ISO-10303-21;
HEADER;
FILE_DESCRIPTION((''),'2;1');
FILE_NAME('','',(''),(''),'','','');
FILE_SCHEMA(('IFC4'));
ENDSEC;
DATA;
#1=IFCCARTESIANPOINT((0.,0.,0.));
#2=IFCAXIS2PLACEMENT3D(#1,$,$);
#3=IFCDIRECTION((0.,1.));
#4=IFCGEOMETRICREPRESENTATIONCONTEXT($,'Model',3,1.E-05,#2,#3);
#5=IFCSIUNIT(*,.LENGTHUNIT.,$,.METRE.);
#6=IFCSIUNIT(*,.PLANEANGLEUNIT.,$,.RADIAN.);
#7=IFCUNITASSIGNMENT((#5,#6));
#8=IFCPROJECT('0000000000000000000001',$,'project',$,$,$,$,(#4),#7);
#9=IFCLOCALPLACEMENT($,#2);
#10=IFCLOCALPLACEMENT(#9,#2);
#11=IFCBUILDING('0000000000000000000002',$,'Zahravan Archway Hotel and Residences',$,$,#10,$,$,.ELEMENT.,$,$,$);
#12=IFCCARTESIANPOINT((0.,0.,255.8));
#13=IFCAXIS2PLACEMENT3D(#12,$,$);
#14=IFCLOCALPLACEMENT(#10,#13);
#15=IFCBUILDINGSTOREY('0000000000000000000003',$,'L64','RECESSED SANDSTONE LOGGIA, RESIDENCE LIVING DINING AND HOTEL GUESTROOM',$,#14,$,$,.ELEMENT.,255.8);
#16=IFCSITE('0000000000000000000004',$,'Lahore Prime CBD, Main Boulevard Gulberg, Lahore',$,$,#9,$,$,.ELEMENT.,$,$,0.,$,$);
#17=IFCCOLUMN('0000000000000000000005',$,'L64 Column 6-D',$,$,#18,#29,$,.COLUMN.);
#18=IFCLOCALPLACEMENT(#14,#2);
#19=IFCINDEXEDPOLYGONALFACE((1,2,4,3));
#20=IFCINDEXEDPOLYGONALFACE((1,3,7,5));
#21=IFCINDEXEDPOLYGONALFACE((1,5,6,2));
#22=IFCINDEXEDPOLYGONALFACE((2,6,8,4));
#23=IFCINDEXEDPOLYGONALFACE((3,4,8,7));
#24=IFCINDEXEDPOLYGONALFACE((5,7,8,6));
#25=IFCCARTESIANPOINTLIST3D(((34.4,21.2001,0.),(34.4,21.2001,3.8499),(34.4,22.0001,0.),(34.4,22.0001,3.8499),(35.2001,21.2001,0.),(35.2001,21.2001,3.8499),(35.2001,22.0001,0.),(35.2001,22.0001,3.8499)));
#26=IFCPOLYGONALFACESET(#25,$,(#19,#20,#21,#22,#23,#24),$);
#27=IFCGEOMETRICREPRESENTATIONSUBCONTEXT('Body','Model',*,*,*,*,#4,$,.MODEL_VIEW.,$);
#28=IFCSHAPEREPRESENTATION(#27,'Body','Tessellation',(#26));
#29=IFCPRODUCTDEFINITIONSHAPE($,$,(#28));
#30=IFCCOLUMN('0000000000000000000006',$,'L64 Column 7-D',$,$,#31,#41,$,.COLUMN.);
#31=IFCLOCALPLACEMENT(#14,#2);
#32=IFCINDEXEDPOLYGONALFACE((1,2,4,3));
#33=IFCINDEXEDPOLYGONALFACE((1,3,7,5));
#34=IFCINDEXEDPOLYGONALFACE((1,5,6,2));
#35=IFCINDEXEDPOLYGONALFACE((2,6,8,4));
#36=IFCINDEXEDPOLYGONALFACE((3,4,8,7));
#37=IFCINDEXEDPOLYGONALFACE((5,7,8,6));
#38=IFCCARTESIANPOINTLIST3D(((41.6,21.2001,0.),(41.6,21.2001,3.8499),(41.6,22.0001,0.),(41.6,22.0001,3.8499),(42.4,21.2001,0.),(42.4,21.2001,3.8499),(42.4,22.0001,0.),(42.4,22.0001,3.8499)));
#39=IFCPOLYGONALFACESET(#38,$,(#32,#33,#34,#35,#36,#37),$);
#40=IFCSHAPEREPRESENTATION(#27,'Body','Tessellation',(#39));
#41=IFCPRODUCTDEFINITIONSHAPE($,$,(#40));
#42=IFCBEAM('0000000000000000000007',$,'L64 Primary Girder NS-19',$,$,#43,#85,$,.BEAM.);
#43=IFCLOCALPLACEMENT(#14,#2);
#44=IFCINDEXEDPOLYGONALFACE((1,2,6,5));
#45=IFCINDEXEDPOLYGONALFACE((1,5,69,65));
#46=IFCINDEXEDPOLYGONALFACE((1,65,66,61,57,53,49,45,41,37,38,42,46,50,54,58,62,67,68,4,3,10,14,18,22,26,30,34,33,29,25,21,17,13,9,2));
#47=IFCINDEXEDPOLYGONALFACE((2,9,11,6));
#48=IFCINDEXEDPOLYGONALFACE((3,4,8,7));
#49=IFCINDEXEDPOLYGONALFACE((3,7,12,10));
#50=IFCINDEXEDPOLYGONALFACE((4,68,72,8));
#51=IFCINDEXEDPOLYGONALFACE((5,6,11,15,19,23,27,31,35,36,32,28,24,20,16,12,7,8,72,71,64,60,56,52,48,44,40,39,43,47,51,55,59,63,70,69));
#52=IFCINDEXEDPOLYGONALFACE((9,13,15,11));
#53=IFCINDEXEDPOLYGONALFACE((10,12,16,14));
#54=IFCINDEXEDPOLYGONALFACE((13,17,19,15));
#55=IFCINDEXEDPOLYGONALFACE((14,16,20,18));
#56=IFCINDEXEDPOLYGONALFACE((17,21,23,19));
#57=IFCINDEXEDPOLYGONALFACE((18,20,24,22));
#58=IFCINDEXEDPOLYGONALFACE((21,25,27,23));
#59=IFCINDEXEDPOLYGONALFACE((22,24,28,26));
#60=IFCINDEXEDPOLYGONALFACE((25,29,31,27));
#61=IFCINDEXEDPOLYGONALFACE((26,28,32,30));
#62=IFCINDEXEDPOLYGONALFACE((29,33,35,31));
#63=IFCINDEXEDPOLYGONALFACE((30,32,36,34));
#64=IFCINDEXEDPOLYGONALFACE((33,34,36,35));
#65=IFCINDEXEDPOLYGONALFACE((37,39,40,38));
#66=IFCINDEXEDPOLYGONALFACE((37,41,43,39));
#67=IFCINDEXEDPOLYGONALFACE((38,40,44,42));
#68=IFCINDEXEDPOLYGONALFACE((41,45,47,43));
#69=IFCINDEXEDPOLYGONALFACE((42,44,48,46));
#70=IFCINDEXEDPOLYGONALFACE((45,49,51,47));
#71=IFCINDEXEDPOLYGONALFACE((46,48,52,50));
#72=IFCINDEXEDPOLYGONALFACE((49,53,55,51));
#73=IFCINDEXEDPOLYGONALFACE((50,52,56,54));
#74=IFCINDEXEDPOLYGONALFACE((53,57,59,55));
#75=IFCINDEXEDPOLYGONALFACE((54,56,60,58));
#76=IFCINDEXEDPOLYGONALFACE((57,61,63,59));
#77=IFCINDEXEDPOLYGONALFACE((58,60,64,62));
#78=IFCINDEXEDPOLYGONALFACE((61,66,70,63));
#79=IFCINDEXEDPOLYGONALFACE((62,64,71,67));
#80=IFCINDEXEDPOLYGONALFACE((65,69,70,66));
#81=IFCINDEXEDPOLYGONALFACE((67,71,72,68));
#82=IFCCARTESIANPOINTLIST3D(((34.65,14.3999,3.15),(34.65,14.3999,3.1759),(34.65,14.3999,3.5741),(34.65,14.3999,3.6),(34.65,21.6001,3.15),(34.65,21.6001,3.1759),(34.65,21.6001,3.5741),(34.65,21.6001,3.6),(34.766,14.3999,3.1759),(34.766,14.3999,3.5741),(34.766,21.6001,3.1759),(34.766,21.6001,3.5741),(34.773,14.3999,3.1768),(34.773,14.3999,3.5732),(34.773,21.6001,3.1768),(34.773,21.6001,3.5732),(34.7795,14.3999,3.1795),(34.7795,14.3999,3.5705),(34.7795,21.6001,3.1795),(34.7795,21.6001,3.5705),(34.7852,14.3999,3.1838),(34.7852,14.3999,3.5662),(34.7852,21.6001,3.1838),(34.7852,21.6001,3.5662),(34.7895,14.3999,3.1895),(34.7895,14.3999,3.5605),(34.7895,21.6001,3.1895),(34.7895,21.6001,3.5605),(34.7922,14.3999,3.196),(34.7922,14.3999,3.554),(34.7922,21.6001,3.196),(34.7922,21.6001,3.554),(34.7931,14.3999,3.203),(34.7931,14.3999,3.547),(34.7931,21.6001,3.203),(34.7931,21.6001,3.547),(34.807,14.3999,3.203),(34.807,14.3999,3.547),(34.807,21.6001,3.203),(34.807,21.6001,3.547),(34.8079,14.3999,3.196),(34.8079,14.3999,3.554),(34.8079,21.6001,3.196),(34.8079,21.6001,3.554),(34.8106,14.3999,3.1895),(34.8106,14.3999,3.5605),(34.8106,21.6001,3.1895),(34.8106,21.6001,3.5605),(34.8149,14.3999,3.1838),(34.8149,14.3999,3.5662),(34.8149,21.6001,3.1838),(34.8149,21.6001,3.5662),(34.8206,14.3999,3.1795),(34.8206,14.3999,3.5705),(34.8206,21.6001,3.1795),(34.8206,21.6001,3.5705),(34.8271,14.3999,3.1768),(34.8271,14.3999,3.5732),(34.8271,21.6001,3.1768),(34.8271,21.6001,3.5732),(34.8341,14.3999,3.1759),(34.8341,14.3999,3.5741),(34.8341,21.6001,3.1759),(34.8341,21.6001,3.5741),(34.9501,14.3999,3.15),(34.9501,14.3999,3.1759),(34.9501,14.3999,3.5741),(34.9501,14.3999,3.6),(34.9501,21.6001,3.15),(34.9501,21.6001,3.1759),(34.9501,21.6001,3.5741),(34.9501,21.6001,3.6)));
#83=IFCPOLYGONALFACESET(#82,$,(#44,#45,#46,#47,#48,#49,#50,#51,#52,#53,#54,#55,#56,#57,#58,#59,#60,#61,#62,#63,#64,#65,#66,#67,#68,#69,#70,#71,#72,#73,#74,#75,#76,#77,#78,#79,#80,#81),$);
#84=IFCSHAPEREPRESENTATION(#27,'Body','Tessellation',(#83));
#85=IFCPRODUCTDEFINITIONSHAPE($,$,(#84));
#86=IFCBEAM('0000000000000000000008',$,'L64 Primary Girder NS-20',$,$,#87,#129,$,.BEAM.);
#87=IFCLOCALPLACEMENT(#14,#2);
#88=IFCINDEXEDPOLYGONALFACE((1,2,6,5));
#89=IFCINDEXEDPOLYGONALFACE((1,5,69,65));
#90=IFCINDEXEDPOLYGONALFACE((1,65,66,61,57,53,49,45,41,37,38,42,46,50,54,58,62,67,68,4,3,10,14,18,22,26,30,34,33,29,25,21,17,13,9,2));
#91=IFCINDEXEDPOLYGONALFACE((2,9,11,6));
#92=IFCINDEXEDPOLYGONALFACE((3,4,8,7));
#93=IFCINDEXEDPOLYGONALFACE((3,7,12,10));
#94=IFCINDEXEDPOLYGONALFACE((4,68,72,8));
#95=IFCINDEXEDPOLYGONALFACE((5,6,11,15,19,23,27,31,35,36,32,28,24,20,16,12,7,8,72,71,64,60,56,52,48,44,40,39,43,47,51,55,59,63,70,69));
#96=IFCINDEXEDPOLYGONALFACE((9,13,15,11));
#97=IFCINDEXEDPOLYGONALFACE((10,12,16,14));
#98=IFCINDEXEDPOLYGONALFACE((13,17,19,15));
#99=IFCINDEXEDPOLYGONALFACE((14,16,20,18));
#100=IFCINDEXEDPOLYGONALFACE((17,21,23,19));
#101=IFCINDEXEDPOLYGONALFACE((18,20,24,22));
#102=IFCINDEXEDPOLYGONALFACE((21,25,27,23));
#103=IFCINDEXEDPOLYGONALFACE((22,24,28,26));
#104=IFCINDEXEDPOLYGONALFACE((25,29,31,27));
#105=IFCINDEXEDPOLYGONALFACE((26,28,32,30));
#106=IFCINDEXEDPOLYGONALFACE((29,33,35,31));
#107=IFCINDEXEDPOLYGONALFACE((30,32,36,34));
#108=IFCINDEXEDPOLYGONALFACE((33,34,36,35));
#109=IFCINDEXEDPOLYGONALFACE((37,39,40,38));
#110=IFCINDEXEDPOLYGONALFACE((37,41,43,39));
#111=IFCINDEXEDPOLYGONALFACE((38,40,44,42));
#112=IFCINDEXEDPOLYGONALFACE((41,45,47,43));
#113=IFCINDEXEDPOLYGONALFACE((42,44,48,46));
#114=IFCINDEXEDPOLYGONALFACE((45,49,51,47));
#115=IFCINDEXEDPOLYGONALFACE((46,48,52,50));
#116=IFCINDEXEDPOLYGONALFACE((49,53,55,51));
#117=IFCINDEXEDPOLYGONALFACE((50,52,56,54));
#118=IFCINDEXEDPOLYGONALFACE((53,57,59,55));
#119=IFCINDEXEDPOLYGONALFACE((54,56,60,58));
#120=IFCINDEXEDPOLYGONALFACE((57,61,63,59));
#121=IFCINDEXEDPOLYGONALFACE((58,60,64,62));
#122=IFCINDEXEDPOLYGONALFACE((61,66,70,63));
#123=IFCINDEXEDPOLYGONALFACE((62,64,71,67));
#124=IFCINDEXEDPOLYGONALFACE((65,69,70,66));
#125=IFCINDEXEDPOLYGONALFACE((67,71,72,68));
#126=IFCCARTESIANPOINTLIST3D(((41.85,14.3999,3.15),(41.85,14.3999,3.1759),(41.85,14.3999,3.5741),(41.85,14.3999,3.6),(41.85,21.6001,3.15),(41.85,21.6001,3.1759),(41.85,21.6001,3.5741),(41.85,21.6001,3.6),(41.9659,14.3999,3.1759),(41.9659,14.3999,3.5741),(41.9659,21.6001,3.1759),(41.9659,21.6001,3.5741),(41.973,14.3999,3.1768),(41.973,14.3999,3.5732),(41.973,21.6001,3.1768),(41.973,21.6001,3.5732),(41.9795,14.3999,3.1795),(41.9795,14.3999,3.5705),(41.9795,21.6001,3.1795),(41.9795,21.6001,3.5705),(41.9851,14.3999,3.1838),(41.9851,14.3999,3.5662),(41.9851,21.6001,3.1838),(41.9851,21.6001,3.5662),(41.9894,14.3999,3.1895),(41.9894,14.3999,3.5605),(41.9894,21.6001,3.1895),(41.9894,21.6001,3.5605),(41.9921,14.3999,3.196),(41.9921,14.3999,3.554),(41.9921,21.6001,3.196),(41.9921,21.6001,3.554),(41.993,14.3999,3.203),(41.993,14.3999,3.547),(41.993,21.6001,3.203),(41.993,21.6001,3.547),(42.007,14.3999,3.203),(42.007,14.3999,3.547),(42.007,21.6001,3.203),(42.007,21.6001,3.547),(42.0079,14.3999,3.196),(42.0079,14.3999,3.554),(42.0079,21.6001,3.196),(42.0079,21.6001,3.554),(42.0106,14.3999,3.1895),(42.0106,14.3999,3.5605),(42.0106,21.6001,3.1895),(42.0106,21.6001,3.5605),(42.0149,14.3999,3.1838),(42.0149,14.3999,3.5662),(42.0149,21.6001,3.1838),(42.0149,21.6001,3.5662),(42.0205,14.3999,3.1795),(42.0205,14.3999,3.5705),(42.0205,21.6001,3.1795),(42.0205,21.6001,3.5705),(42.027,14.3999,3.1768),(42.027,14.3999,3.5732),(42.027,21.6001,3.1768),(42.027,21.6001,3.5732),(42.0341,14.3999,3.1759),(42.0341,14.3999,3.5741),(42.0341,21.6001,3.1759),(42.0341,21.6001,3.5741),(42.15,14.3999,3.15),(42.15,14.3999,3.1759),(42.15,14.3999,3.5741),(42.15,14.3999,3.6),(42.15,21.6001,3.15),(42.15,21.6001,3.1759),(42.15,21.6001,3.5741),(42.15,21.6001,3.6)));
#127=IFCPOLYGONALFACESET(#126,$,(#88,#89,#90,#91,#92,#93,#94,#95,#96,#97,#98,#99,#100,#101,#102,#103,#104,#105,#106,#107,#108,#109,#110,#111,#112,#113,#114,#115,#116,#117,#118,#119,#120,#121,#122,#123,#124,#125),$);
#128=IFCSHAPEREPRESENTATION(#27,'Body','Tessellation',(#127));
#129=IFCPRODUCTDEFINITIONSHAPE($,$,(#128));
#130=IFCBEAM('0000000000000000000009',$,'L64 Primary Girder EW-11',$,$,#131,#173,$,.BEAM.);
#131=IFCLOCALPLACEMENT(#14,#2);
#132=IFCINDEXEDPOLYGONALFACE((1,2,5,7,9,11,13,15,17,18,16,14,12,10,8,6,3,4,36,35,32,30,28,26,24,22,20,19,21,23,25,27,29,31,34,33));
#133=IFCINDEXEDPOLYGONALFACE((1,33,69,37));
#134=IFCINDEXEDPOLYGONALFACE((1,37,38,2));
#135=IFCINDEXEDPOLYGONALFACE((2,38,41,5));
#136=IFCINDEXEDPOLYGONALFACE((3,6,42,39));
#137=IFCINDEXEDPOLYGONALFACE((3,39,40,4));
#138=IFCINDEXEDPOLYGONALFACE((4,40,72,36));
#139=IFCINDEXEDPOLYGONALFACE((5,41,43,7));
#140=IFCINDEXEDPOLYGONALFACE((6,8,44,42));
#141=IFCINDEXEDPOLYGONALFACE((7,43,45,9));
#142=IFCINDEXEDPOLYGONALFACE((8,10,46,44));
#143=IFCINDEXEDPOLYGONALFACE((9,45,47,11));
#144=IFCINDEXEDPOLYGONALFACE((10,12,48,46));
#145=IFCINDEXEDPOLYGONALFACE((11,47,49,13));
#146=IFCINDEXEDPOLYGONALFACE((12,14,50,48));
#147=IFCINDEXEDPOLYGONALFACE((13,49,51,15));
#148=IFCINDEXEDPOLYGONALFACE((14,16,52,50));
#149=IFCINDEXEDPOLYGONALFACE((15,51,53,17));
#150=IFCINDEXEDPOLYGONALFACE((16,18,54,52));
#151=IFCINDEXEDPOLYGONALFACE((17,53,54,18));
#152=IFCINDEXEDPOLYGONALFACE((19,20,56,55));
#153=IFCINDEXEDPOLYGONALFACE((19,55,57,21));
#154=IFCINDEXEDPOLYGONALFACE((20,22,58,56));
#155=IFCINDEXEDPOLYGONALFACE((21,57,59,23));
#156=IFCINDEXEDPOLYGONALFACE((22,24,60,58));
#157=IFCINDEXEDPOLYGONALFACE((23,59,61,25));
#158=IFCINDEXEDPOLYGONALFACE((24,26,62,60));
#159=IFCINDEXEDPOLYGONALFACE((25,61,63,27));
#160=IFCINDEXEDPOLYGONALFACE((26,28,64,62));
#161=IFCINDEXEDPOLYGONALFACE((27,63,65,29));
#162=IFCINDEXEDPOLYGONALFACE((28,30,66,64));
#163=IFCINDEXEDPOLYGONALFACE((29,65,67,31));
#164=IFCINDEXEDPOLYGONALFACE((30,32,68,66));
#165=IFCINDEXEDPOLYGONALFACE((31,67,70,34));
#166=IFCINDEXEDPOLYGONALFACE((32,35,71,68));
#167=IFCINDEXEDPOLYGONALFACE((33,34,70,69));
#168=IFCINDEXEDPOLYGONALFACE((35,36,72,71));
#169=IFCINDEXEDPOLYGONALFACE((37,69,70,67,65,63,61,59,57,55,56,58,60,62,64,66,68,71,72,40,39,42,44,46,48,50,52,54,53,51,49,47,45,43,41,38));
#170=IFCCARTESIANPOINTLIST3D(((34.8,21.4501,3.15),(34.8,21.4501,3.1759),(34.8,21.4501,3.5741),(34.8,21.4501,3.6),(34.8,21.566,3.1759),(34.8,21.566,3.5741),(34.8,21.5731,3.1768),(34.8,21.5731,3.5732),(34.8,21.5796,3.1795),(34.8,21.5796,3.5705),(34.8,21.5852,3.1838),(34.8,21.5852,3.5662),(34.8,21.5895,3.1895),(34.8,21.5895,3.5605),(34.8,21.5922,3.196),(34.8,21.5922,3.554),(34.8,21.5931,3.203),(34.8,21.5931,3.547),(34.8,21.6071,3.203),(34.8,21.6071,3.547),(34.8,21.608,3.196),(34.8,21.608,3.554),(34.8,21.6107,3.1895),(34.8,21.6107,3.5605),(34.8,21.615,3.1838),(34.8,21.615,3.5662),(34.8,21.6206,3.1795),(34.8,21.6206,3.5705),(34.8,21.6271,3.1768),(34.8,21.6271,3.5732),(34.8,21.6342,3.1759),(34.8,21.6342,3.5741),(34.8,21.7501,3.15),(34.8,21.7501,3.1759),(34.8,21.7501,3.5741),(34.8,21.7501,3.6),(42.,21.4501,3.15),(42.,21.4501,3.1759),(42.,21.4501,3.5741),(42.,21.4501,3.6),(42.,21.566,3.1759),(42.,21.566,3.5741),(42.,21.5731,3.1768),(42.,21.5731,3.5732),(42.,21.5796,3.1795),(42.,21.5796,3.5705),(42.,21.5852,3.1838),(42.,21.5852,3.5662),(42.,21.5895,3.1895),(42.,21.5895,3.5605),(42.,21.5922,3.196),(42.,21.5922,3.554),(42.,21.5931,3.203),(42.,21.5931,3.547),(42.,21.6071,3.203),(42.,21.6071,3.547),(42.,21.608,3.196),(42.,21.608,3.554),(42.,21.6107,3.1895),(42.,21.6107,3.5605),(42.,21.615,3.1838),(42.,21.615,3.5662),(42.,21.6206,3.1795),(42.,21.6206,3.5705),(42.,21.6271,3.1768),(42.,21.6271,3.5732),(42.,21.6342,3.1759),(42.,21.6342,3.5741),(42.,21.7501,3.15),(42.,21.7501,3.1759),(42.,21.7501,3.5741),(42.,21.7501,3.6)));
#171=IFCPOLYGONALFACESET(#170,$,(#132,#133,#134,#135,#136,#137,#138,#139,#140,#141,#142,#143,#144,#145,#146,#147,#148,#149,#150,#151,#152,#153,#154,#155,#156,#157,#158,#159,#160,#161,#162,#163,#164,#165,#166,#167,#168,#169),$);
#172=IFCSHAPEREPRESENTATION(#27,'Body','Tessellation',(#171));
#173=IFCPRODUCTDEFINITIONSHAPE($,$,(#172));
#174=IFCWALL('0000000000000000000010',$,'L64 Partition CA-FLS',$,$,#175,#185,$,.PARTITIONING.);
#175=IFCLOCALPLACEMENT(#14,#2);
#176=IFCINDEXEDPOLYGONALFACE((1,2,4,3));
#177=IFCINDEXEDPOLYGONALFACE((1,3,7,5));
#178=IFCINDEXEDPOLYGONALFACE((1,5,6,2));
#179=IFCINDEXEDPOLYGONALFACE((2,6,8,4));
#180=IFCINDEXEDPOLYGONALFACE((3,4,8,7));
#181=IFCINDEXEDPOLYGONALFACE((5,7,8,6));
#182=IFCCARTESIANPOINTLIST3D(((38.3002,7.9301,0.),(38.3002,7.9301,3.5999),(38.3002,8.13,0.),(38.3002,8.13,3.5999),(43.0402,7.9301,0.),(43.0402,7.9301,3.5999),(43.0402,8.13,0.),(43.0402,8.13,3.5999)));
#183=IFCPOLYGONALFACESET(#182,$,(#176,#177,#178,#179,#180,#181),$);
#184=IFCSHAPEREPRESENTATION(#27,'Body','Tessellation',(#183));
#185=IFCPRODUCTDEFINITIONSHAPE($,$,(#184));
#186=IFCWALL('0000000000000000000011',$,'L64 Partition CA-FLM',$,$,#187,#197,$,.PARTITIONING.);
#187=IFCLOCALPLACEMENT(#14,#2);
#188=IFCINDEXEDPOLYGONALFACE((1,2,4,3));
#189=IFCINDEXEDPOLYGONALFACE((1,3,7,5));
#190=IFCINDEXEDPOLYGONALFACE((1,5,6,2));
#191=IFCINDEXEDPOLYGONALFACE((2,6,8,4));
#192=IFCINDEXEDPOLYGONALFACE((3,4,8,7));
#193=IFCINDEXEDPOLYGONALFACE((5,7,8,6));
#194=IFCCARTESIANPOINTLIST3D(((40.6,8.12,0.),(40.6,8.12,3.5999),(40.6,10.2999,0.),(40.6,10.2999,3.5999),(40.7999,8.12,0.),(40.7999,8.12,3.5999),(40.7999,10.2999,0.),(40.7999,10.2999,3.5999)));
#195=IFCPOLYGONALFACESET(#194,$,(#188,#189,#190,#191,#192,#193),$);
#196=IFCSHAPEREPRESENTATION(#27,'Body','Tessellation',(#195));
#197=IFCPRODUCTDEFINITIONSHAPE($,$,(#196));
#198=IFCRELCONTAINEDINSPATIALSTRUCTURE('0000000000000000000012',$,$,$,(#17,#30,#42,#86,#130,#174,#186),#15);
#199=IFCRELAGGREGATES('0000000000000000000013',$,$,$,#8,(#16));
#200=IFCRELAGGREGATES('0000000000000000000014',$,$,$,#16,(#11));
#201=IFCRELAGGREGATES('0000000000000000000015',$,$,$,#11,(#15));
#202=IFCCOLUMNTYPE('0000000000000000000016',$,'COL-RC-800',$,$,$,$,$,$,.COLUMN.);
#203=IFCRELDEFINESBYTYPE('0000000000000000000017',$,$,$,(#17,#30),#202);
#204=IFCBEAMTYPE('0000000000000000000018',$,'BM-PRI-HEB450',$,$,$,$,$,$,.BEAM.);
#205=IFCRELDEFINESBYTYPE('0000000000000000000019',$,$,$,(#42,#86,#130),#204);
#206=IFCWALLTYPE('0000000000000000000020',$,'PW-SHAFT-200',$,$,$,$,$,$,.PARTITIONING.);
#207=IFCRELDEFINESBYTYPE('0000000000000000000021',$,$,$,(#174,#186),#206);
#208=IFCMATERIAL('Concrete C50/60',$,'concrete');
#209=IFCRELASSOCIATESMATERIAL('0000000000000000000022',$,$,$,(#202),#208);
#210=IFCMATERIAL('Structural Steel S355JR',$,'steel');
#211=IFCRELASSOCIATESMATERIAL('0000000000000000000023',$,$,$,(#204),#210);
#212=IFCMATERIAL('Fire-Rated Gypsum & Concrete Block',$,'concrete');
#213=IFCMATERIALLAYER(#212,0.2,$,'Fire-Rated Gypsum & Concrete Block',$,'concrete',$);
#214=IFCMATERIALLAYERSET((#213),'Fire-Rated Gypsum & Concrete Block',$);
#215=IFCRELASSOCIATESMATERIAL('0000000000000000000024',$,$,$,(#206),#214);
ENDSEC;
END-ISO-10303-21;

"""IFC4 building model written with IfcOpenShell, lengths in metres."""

from ifc_helpers import new_model, si_unit, direction, frame, frame_2d, origin, origin_2d, place, context, subcontext, project, spatial, rectangle, i_section, extrude, source, transform, mapped, material, layer, layer_set, material_profile, profile_set, type_object, type_shapes, element, save


model = new_model("IFC4")

# Units and contexts
model_context = context("Model", 3, precision=1e-05, world=origin(), true_north=direction((0.0, 1.0)))
body_context = subcontext(model_context, "Body", "Model", "MODEL_VIEW")
ifc_project = project(units=[si_unit("LENGTHUNIT", "METRE"), si_unit("PLANEANGLEUNIT", "RADIAN")], contexts=[model_context])

# Site, building, storey
site_placement = place(None, origin())
site = spatial("IfcSite", under=ifc_project, at=site_placement, Name="Lahore Prime CBD, Main Boulevard Gulberg, Lahore", CompositionType="ELEMENT", RefElevation=0.0)
building_placement = place(site_placement, origin())
building = spatial("IfcBuilding", under=site, at=building_placement, Name="Zahravan Archway Hotel and Residences", CompositionType="ELEMENT")
storey_placement = place(building_placement, frame((0.0, 0.0, 255.8)))
storey = spatial("IfcBuildingStorey", under=building, at=storey_placement, Name="L64", Description="RECESSED SANDSTONE LOGGIA, RESIDENCE LIVING DINING AND HOTEL GUESTROOM", CompositionType="ELEMENT", Elevation=255.8)

# Columns
ifc_material_1 = material(Name="Concrete C50/60", Category="concrete")
ifc_material_profile_1 = material_profile(ifc_material_1, rectangle(XDim=0.8, YDim=0.8, at=origin_2d()), Name="RC-COL-800x800", Category="concrete")
ifc_profile_set_1 = profile_set([ifc_material_profile_1], Name="Concrete C50/60")
column_type = type_object("IfcColumnType", Name="COL-RC-800", PredefinedType="COLUMN", material=ifc_profile_set_1)
shared_shape_1 = source(origin(), body_context, "Body", "SweptSolid", [
    extrude(rectangle(XDim=0.8, YDim=0.8, at=origin_2d()), origin(), (0.0, 0.0, 1.0), 3.8499),
])
for number, where, z_axis, x_axis, name in (
    (1, (34.8, 21.6001, 0.0), (0.0, 0.0, 1.0), (1.0, 0.0, 0.0), "L64 Column 6-D"),
    (2, (42.0, 21.6001, 0.0), (0.0, 0.0, 1.0), (1.0, 0.0, 0.0), "L64 Column 7-D"),
):
    element("IfcColumn", number, at=place(storey_placement, frame(where, z_axis=z_axis, x_axis=x_axis)), inside=storey, type_object=column_type, Name=name, PredefinedType="COLUMN", context=body_context, shape_type="MappedRepresentation", body=[
        mapped(shared_shape_1, transform((0.0, 0.0, 0.0), scale=1.0)),
    ])

# Beams
ifc_material_2 = material(Name="Structural Steel S355JR", Category="steel")
ifc_material_profile_2 = material_profile(ifc_material_2, i_section(OverallWidth=0.3, OverallDepth=0.45, WebThickness=0.0139, FlangeThickness=0.0259, FilletRadius=0.0271, at=origin_2d()), Name="HEB 450", Category="steel")
ifc_profile_set_2 = profile_set([ifc_material_profile_2], Name="Structural Steel S355JR")
beam_type = type_object("IfcBeamType", Name="BM-PRI-HEB450", PredefinedType="BEAM", material=ifc_profile_set_2)
shared_shape_2 = source(origin(), body_context, "Body", "SweptSolid", [
    extrude(i_section(OverallWidth=0.3, OverallDepth=0.45, WebThickness=0.0139, FlangeThickness=0.0259, FilletRadius=0.0271, at=origin_2d()), origin(), (0.0, 0.0, 1.0), 7.2002),
])
type_shapes(beam_type, [shared_shape_2])
for number, where, z_axis, x_axis, name in (
    (3, (34.8, 14.3999, 3.375), (0.0, 1.0, 0.0), (-1.0, 0.0, 0.0), "L64 Primary Girder NS-19"),
    (4, (42.0, 14.3999, 3.375), (0.0, 1.0, 0.0), (-1.0, 0.0, 0.0), "L64 Primary Girder NS-20"),
):
    element("IfcBeam", number, at=place(storey_placement, frame(where, z_axis=z_axis, x_axis=x_axis)), inside=storey, type_object=beam_type, Name=name, PredefinedType="BEAM", context=body_context, shape_type="MappedRepresentation", body=[
        mapped(shared_shape_2, transform((0.0, 0.0, 0.0), scale=1.0)),
    ])
shared_shape_3 = source(origin(), body_context, "Body", "SweptSolid", [
    extrude(i_section(OverallWidth=0.3, OverallDepth=0.45, WebThickness=0.0139, FlangeThickness=0.0259, FilletRadius=0.0271, at=origin_2d()), origin(), (0.0, 0.0, 1.0), 7.2),
])
beam_placement = place(storey_placement, frame((34.8, 21.6001, 3.375), z_axis=(1.0, 0.0, 0.0), x_axis=(0.0, 1.0, 0.0)))
element("IfcBeam", 5, at=beam_placement, inside=storey, type_object=beam_type, Name="L64 Primary Girder EW-11", PredefinedType="BEAM", context=body_context, shape_type="MappedRepresentation", body=[
    mapped(shared_shape_3, transform((0.0, 0.0, 0.0), scale=1.0)),
])

# Shared definitions
ifc_material_3 = material(Name="Fire-Rated Gypsum & Concrete Block", Category="concrete")

# Walls
ifc_layer_1 = layer(ifc_material_3, 0.2, Name="Fire-Rated Gypsum & Concrete Block", Category="concrete")
ifc_layer_set_1 = layer_set([ifc_layer_1], Name="Fire-Rated Gypsum & Concrete Block")
wall_type_1 = type_object("IfcWallType", Name="PW-SHAFT-200", PredefinedType="PARTITIONING", material=ifc_layer_set_1)
wall_1_placement = place(storey_placement, frame((38.3, 8.03, 0.0), z_axis=(0.0, 0.0, 1.0), x_axis=(1.0, 0.0, 0.0)))
element("IfcWall", 6, at=wall_1_placement, inside=storey, type_object=wall_type_1, Name="L64 Partition CA-FLS", PredefinedType="PARTITIONING", context=body_context, shape_type="SweptSolid", body=[
    extrude(rectangle(XDim=4.74, YDim=0.2, at=frame_2d((2.3701, 0.0))), origin(), (0.0, 0.0, 1.0), 3.5999),
])
wall_2_placement = place(storey_placement, frame((40.7, 8.1201, 0.0), z_axis=(0.0, 0.0, 1.0), x_axis=(0.0, 1.0, 0.0)))
element("IfcWall", 7, at=wall_2_placement, inside=storey, type_object=wall_type_1, Name="L64 Partition CA-FLM", PredefinedType="PARTITIONING", context=body_context, shape_type="SweptSolid", body=[
    extrude(rectangle(XDim=2.1799, YDim=0.2, at=frame_2d((1.0898, 0.0))), origin(), (0.0, 0.0, 1.0), 3.5999),
])

save(model, "model.ifc")
